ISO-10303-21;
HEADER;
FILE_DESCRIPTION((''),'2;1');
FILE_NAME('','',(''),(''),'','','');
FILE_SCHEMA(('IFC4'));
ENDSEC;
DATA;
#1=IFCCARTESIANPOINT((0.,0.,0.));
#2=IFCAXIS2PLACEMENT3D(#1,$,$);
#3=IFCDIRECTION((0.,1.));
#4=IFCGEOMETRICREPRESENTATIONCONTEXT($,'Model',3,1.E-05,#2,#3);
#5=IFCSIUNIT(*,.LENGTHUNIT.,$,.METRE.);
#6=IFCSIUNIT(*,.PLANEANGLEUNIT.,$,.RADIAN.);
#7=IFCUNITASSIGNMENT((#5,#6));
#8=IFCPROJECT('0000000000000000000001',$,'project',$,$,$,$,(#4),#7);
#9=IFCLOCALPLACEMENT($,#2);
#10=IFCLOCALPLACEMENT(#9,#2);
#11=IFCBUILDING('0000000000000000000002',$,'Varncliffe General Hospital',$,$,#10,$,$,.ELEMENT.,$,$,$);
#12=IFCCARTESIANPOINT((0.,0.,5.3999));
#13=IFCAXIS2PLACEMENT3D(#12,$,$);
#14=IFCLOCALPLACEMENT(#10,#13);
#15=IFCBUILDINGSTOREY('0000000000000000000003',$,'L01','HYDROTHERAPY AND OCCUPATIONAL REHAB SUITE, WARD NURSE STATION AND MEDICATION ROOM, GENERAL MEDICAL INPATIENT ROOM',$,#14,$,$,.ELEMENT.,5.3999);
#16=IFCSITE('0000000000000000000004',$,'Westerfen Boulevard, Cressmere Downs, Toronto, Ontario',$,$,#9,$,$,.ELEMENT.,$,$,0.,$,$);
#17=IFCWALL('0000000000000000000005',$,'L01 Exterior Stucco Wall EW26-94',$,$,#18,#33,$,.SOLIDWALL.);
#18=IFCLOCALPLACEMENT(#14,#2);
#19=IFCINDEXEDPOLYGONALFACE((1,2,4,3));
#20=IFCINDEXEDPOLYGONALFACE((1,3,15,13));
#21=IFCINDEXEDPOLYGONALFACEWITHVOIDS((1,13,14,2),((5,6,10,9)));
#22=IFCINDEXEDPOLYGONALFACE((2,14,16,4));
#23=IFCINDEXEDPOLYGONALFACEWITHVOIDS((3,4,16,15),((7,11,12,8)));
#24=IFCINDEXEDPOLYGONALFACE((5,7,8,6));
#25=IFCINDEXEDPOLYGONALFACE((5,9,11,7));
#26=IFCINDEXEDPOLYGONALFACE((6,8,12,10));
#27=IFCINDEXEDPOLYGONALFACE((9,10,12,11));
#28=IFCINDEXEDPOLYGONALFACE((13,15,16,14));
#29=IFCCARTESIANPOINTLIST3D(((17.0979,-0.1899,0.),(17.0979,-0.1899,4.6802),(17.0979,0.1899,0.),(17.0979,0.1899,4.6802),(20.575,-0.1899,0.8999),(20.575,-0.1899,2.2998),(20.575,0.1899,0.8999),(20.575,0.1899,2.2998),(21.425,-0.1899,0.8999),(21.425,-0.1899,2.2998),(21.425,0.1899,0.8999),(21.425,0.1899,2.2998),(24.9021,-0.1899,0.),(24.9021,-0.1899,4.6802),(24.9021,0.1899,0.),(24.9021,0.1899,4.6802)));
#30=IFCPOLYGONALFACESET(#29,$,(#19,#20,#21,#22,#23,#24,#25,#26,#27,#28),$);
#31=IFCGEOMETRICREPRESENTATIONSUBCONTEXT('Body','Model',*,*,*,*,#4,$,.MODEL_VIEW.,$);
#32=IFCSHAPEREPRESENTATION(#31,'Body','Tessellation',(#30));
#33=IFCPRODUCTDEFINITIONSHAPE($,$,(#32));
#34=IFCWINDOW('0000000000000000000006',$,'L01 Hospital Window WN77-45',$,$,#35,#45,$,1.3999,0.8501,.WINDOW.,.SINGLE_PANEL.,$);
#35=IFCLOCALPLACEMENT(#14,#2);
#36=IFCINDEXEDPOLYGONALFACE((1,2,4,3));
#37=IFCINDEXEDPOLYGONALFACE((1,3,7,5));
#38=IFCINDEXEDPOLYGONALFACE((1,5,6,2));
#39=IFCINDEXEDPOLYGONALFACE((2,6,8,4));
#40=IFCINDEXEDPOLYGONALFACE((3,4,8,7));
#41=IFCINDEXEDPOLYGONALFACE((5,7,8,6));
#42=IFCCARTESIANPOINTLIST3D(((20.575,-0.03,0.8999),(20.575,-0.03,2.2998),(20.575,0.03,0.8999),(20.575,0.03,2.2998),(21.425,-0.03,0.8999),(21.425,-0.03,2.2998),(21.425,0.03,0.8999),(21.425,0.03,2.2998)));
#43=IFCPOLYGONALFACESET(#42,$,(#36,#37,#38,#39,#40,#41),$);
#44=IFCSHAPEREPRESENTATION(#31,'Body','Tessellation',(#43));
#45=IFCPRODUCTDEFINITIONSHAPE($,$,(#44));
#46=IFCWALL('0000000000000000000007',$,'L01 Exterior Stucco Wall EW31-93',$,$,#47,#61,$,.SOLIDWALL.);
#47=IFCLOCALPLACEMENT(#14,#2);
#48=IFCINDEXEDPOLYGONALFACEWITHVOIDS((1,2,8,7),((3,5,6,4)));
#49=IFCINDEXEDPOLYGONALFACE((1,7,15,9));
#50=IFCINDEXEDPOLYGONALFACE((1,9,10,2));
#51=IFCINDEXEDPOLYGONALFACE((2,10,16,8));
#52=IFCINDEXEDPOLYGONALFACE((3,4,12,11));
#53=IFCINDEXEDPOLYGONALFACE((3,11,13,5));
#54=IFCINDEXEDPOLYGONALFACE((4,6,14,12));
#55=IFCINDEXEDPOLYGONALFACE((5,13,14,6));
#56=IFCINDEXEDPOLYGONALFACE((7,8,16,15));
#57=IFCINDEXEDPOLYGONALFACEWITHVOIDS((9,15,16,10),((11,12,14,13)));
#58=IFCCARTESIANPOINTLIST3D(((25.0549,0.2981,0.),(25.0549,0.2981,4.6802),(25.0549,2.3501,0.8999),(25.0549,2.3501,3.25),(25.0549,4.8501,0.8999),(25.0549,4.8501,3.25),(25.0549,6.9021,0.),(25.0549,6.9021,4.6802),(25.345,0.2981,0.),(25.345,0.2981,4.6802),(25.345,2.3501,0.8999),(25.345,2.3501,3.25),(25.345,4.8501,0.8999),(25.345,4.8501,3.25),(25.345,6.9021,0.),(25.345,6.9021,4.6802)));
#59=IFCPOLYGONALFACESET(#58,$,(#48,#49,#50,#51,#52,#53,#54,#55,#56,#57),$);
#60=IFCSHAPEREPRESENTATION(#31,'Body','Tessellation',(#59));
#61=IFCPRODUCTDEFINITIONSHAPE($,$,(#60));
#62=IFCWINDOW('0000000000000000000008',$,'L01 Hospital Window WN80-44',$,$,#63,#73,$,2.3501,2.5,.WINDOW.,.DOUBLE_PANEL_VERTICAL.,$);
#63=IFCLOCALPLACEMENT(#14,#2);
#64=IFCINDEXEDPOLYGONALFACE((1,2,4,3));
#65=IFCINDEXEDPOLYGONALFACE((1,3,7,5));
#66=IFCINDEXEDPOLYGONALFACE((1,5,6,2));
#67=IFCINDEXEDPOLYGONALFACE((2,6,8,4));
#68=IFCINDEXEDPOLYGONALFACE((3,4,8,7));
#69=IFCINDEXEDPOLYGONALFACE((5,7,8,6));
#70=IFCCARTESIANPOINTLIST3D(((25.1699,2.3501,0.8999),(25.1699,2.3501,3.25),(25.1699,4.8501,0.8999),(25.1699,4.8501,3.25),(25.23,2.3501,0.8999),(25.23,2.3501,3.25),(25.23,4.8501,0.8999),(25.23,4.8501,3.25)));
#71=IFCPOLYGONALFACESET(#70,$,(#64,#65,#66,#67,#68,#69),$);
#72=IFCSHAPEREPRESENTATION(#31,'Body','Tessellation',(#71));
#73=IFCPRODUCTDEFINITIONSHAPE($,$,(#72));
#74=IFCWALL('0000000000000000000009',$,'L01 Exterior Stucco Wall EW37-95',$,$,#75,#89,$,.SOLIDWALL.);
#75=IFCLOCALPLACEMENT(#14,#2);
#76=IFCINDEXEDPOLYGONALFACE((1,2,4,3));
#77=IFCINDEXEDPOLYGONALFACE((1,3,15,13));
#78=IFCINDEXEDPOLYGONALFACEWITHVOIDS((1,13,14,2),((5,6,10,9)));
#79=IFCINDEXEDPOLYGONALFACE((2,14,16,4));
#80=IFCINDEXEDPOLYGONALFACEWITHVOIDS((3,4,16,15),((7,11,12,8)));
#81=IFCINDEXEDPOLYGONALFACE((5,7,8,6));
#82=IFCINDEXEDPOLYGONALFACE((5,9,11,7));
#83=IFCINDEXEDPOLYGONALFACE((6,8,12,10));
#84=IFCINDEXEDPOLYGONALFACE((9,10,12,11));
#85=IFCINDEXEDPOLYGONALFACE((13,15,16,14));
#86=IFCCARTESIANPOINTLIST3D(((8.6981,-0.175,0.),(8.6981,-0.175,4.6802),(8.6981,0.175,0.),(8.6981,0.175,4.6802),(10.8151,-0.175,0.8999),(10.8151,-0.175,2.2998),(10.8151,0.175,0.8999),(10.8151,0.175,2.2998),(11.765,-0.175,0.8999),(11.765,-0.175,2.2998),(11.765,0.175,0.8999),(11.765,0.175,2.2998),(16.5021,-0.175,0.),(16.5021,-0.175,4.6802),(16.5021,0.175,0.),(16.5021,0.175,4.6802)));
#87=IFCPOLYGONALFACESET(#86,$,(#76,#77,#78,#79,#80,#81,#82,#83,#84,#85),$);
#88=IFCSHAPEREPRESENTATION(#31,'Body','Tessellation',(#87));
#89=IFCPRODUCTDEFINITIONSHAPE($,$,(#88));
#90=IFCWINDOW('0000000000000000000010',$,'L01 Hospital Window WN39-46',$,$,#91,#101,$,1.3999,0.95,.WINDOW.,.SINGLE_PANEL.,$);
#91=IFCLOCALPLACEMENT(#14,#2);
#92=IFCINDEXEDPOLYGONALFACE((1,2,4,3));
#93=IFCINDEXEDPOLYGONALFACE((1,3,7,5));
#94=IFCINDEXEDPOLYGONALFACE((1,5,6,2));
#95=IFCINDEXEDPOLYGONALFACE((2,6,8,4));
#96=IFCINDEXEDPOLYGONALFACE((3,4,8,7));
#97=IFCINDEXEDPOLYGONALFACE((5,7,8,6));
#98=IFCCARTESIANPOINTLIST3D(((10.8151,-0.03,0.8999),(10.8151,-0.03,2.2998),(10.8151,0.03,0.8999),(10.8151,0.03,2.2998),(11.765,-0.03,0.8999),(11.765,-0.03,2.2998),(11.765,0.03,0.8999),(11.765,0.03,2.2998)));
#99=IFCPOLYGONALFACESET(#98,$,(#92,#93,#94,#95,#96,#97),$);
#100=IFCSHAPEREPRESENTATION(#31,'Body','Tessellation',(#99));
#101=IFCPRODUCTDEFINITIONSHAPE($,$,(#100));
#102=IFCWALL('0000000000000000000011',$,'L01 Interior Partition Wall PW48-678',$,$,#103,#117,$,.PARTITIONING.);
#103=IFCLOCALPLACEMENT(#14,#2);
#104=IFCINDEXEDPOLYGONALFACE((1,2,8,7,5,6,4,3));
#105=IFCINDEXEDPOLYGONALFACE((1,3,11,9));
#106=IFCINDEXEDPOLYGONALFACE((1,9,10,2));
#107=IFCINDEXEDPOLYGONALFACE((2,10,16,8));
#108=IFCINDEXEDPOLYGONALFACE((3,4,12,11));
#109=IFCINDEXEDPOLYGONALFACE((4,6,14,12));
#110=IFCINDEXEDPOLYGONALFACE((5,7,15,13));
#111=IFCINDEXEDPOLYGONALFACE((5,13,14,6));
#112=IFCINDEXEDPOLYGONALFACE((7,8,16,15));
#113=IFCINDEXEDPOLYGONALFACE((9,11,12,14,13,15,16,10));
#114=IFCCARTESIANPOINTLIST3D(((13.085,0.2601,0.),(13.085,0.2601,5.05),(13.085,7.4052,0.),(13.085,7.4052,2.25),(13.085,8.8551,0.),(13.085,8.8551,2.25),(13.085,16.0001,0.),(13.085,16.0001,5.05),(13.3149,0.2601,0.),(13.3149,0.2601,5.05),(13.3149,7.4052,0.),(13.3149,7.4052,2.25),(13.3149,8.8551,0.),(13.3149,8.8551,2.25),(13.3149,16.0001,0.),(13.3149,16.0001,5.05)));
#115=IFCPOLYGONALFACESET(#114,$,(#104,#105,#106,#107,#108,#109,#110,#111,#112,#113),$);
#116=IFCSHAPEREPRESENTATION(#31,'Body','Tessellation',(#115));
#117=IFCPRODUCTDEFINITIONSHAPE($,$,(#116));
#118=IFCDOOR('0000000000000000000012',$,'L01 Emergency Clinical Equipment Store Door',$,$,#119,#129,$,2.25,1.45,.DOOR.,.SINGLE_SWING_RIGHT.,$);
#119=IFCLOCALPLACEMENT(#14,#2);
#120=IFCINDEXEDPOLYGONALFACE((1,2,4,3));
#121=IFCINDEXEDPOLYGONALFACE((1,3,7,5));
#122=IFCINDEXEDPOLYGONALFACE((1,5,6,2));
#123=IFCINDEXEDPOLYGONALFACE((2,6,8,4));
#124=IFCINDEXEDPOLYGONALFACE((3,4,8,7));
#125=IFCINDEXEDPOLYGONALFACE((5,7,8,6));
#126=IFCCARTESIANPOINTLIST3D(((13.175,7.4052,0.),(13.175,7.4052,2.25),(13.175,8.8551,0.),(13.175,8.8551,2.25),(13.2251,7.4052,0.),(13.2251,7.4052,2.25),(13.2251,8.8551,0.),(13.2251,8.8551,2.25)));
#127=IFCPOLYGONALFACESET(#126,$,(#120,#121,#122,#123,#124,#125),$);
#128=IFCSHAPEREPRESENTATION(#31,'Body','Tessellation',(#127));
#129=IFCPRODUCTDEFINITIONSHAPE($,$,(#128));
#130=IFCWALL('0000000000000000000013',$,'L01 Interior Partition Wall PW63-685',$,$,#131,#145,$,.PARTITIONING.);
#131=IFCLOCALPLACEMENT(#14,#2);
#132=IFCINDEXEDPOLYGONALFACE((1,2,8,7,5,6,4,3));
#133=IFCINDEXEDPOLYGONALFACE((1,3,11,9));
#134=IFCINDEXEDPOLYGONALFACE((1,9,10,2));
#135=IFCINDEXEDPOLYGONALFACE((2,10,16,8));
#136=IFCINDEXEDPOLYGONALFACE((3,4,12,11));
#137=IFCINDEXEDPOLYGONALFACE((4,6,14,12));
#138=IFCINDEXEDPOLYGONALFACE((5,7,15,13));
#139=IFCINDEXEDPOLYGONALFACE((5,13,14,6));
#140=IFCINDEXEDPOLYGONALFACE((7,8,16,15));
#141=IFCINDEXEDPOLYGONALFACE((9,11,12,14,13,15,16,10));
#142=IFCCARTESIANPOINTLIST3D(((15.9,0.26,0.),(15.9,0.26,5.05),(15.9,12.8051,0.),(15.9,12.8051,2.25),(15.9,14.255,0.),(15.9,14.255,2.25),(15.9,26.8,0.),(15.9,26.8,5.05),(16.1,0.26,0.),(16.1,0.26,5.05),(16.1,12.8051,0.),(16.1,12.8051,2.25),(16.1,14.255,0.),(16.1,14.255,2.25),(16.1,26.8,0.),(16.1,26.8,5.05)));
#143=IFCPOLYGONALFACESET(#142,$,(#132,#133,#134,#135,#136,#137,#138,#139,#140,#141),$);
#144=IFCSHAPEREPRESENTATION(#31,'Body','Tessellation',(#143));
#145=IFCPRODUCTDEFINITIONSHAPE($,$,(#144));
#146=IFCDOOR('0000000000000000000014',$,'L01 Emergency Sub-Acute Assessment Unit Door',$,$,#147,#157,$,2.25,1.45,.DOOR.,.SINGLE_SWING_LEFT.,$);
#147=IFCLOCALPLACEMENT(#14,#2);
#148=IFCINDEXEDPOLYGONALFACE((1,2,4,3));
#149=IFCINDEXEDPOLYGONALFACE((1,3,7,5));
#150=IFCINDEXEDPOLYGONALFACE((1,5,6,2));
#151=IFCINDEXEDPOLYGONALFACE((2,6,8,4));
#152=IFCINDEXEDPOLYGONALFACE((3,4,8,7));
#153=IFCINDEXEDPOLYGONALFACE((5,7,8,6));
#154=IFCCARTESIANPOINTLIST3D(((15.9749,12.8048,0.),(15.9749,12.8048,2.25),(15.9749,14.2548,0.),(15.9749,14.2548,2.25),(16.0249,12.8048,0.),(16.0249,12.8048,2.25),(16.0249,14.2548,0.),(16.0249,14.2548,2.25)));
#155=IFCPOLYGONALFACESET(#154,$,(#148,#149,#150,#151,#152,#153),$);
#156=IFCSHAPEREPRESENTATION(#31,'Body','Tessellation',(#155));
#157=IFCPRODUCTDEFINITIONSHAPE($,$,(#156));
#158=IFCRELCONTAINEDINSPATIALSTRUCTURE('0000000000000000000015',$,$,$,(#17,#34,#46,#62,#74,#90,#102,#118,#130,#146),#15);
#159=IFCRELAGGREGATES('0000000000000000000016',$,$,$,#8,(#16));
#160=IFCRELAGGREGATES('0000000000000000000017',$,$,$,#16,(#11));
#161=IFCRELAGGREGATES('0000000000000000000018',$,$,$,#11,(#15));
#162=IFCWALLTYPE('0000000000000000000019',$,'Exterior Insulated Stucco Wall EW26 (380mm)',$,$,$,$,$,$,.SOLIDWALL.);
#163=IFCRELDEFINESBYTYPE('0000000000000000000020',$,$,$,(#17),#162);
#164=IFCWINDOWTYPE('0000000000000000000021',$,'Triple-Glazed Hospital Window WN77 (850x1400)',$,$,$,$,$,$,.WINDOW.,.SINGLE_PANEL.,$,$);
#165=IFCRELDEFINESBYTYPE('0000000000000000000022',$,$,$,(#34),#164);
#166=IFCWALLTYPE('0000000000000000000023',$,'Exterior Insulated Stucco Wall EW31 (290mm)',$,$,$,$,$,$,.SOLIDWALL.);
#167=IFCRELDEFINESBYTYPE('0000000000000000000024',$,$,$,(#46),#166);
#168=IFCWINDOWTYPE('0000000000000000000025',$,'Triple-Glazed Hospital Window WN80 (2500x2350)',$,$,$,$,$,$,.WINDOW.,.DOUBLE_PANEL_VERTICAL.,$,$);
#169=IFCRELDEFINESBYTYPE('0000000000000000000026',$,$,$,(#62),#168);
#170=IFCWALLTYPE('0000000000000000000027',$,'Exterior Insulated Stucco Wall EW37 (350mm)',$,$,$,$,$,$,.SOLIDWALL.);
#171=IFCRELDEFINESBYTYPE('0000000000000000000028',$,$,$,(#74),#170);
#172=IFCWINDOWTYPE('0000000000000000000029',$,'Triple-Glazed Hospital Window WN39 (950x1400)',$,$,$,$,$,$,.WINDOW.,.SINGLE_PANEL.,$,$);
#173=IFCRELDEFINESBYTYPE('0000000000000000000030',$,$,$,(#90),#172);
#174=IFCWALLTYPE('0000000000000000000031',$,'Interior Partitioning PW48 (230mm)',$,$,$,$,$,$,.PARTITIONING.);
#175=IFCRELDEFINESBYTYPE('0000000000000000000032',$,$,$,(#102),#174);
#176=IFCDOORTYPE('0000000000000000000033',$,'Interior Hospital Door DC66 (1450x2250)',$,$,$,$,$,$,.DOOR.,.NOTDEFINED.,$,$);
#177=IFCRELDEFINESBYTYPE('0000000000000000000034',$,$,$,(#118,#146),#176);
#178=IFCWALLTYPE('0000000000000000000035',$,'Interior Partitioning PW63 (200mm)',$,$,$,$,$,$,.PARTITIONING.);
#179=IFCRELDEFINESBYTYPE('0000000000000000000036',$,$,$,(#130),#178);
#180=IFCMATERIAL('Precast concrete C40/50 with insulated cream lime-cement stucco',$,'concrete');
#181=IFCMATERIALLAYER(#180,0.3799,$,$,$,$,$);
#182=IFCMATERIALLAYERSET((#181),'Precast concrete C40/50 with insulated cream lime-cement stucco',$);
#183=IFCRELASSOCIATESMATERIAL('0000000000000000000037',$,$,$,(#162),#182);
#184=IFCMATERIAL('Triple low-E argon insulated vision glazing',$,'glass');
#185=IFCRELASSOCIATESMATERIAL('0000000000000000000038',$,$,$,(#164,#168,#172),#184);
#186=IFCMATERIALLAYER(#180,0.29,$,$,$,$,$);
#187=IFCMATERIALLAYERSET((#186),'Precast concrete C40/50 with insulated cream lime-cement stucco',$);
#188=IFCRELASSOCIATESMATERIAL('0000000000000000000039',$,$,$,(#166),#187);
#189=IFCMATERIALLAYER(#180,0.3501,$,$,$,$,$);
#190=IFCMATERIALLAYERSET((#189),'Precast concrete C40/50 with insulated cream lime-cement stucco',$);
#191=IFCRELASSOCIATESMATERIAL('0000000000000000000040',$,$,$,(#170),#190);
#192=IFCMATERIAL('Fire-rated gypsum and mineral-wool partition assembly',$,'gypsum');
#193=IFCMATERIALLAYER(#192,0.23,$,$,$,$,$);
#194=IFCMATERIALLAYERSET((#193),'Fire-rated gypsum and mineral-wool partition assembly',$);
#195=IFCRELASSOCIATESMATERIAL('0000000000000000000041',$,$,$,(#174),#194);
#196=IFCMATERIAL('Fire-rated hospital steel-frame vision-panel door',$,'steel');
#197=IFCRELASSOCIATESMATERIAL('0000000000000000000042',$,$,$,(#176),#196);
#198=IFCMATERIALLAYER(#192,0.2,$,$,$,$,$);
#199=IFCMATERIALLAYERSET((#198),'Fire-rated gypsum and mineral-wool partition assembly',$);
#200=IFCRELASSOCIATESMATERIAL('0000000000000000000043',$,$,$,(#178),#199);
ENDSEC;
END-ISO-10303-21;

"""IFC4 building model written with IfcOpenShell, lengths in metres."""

from ifc_helpers import new_model, si_unit, direction, frame, frame_2d, origin, place, context, subcontext, project, spatial, rectangle, extrude, material, layer, layer_set, type_object, element, fill, save


model = new_model("IFC4")

# Units and contexts
model_context = context("Model", 3, precision=1e-05, world=origin(), true_north=direction((0.0, 1.0)))
body_context = subcontext(model_context, "Body", "Model", "MODEL_VIEW")
ifc_project = project(units=[si_unit("LENGTHUNIT", "METRE"), si_unit("PLANEANGLEUNIT", "RADIAN")], contexts=[model_context])

# Site, building, storey
site_placement = place(None, origin())
site = spatial("IfcSite", under=ifc_project, at=site_placement, Name="Westerfen Boulevard, Cressmere Downs, Toronto, Ontario", CompositionType="ELEMENT", RefElevation=0.0)
building_placement = place(site_placement, origin())
building = spatial("IfcBuilding", under=site, at=building_placement, Name="Varncliffe General Hospital", CompositionType="ELEMENT")
storey_placement = place(building_placement, frame((0.0, 0.0, 5.3999)))
storey = spatial("IfcBuildingStorey", under=building, at=storey_placement, Name="L01", Description="HYDROTHERAPY AND OCCUPATIONAL REHAB SUITE, WARD NURSE STATION AND MEDICATION ROOM, GENERAL MEDICAL INPATIENT ROOM", CompositionType="ELEMENT", Elevation=5.3999)

# Walls, openings, windows
ifc_material_1 = material(Name="Precast concrete C40/50 with insulated cream lime-cement stucco", Category="concrete")
ifc_material_2 = material(Name="Triple low-E argon insulated vision glazing", Category="glass")
ifc_layer_1 = layer(ifc_material_1, 0.3799)
ifc_layer_set_1 = layer_set([ifc_layer_1], Name="Precast concrete C40/50 with insulated cream lime-cement stucco")
wall_type_1 = type_object("IfcWallType", Name="Exterior Insulated Stucco Wall EW26 (380mm)", PredefinedType="SOLIDWALL", material=ifc_layer_set_1)
wall_1_placement = place(storey_placement, frame((24.9021, 0.0, 0.0), z_axis=(0.0, 0.0, 1.0), x_axis=(-1.0, 0.0, 0.0)))
wall_1 = element("IfcWall", 1, at=wall_1_placement, inside=storey, type_object=wall_type_1, Name="L01 Exterior Stucco Wall EW26-94", PredefinedType="SOLIDWALL", context=body_context, shape_type="SweptSolid", body=[
    extrude(rectangle(XDim=7.8042, YDim=0.3799, at=frame_2d((3.9021, 0.0))), origin(), (0.0, 0.0, 1.0), 4.6802),
])
opening_1_placement = place(wall_1_placement, frame((3.4771, 0.0, 0.8999)))
opening_1 = element("IfcOpeningElement", 2, at=opening_1_placement, cuts=wall_1, PredefinedType="OPENING", context=body_context, shape_type="SweptSolid", body=[
    extrude(rectangle(XDim=0.8501, YDim=1.3999, at=frame_2d((0.425, 0.7))), frame((0.0, 0.2, 0.0), z_axis=(0.0, -1.0, 0.0), x_axis=(1.0, 0.0, 0.0)), (0.0, 0.0, 1.0), 0.3999),
])
window_type_1 = type_object("IfcWindowType", Name="Triple-Glazed Hospital Window WN77 (850x1400)", PartitioningType="SINGLE_PANEL", PredefinedType="WINDOW", material=ifc_material_2)
window_1_placement = place(opening_1_placement, origin())
window_1 = element("IfcWindow", 3, at=window_1_placement, inside=storey, type_object=window_type_1, Name="L01 Hospital Window WN77-45", OverallHeight=1.3999, OverallWidth=0.8501, PartitioningType="SINGLE_PANEL", PredefinedType="WINDOW", context=body_context, shape_type="SweptSolid", body=[
    extrude(rectangle(XDim=0.8501, YDim=1.3999, at=frame_2d((0.425, 0.7))), frame((0.0, 0.03, 0.0), z_axis=(0.0, -1.0, 0.0), x_axis=(1.0, 0.0, 0.0)), (0.0, 0.0, 1.0), 0.0601),
])
fill(opening_1, window_1)
ifc_layer_2 = layer(ifc_material_1, 0.29)
ifc_layer_set_2 = layer_set([ifc_layer_2], Name="Precast concrete C40/50 with insulated cream lime-cement stucco")
wall_type_2 = type_object("IfcWallType", Name="Exterior Insulated Stucco Wall EW31 (290mm)", PredefinedType="SOLIDWALL", material=ifc_layer_set_2)
wall_2_placement = place(storey_placement, frame((25.2, 6.9021, 0.0), z_axis=(0.0, 0.0, 1.0), x_axis=(0.0, -1.0, 0.0)))
wall_2 = element("IfcWall", 4, at=wall_2_placement, inside=storey, type_object=wall_type_2, Name="L01 Exterior Stucco Wall EW31-93", PredefinedType="SOLIDWALL", context=body_context, shape_type="SweptSolid", body=[
    extrude(rectangle(XDim=6.604, YDim=0.29, at=frame_2d((3.302, 0.0))), origin(), (0.0, 0.0, 1.0), 4.6802),
])
opening_2_placement = place(wall_2_placement, frame((2.052, 0.0, 0.8999)))
opening_2 = element("IfcOpeningElement", 5, at=opening_2_placement, cuts=wall_2, PredefinedType="OPENING", context=body_context, shape_type="SweptSolid", body=[
    extrude(rectangle(XDim=2.5, YDim=2.3501, at=frame_2d((1.25, 1.175))), frame((0.0, 0.155, 0.0), z_axis=(0.0, -1.0, 0.0), x_axis=(1.0, 0.0, 0.0)), (0.0, 0.0, 1.0), 0.3101),
])
window_type_2 = type_object("IfcWindowType", Name="Triple-Glazed Hospital Window WN80 (2500x2350)", PartitioningType="DOUBLE_PANEL_VERTICAL", PredefinedType="WINDOW", material=ifc_material_2)
window_2_placement = place(opening_2_placement, origin())
window_2 = element("IfcWindow", 6, at=window_2_placement, inside=storey, type_object=window_type_2, Name="L01 Hospital Window WN80-44", OverallHeight=2.3501, OverallWidth=2.5, PartitioningType="DOUBLE_PANEL_VERTICAL", PredefinedType="WINDOW", context=body_context, shape_type="SweptSolid", body=[
    extrude(rectangle(XDim=2.5, YDim=2.3501, at=frame_2d((1.25, 1.175))), frame((0.0, 0.03, 0.0), z_axis=(0.0, -1.0, 0.0), x_axis=(1.0, 0.0, 0.0)), (0.0, 0.0, 1.0), 0.0601),
])
fill(opening_2, window_2)
ifc_layer_3 = layer(ifc_material_1, 0.3501)
ifc_layer_set_3 = layer_set([ifc_layer_3], Name="Precast concrete C40/50 with insulated cream lime-cement stucco")
wall_type_3 = type_object("IfcWallType", Name="Exterior Insulated Stucco Wall EW37 (350mm)", PredefinedType="SOLIDWALL", material=ifc_layer_set_3)
wall_3_placement = place(storey_placement, frame((16.502, 0.0, 0.0), z_axis=(0.0, 0.0, 1.0), x_axis=(-1.0, 0.0, 0.0)))
wall_3 = element("IfcWall", 7, at=wall_3_placement, inside=storey, type_object=wall_type_3, Name="L01 Exterior Stucco Wall EW37-95", PredefinedType="SOLIDWALL", context=body_context, shape_type="SweptSolid", body=[
    extrude(rectangle(XDim=7.804, YDim=0.3501, at=frame_2d((3.9019, 0.0))), origin(), (0.0, 0.0, 1.0), 4.6802),
])
opening_3_placement = place(wall_3_placement, frame((4.7368, 0.0, 0.8999)))
opening_3 = element("IfcOpeningElement", 8, at=opening_3_placement, cuts=wall_3, PredefinedType="OPENING", context=body_context, shape_type="SweptSolid", body=[
    extrude(rectangle(XDim=0.95, YDim=1.3999, at=frame_2d((0.4751, 0.7))), frame((0.0, 0.1851, 0.0), z_axis=(0.0, -1.0, 0.0), x_axis=(1.0, 0.0, 0.0)), (0.0, 0.0, 1.0), 0.3701),
])
window_type_3 = type_object("IfcWindowType", Name="Triple-Glazed Hospital Window WN39 (950x1400)", PartitioningType="SINGLE_PANEL", PredefinedType="WINDOW", material=ifc_material_2)
window_3_placement = place(opening_3_placement, origin())
window_3 = element("IfcWindow", 9, at=window_3_placement, inside=storey, type_object=window_type_3, Name="L01 Hospital Window WN39-46", OverallHeight=1.3999, OverallWidth=0.95, PartitioningType="SINGLE_PANEL", PredefinedType="WINDOW", context=body_context, shape_type="SweptSolid", body=[
    extrude(rectangle(XDim=0.95, YDim=1.3999, at=frame_2d((0.4751, 0.7))), frame((0.0, 0.03, 0.0), z_axis=(0.0, -1.0, 0.0), x_axis=(1.0, 0.0, 0.0)), (0.0, 0.0, 1.0), 0.0601),
])
fill(opening_3, window_3)

# Walls, openings, doors
ifc_material_3 = material(Name="Fire-rated gypsum and mineral-wool partition assembly", Category="gypsum")
ifc_layer_4 = layer(ifc_material_3, 0.23)
ifc_layer_set_4 = layer_set([ifc_layer_4], Name="Fire-rated gypsum and mineral-wool partition assembly")
wall_type_4 = type_object("IfcWallType", Name="Interior Partitioning PW48 (230mm)", PredefinedType="PARTITIONING", material=ifc_layer_set_4)
wall_4_placement = place(storey_placement, frame((13.2, 0.26, 0.0), z_axis=(0.0, 0.0, 1.0), x_axis=(0.0, 1.0, 0.0)))
wall_4 = element("IfcWall", 10, at=wall_4_placement, inside=storey, type_object=wall_type_4, Name="L01 Interior Partition Wall PW48-678", PredefinedType="PARTITIONING", context=body_context, shape_type="SweptSolid", body=[
    extrude(rectangle(XDim=15.74, YDim=0.23, at=frame_2d((7.8701, 0.0))), origin(), (0.0, 0.0, 1.0), 5.05),
])
opening_4_placement = place(wall_4_placement, frame((7.145, 0.0, 0.0)))
opening_4 = element("IfcOpeningElement", 11, at=opening_4_placement, cuts=wall_4, PredefinedType="OPENING", context=body_context, shape_type="SweptSolid", body=[
    extrude(rectangle(XDim=1.45, YDim=2.25, at=frame_2d((0.7251, 1.125))), frame((0.0, 0.125, 0.0), z_axis=(0.0, -1.0, 0.0), x_axis=(1.0, 0.0, 0.0)), (0.0, 0.0, 1.0), 0.25),
])
ifc_material_4 = material(Name="Fire-rated hospital steel-frame vision-panel door", Category="steel")
door_type = type_object("IfcDoorType", Name="Interior Hospital Door DC66 (1450x2250)", OperationType="NOTDEFINED", PredefinedType="DOOR", material=ifc_material_4)
door_1_placement = place(opening_4_placement, origin())
door_1 = element("IfcDoor", 12, at=door_1_placement, inside=storey, type_object=door_type, Name="L01 Emergency Clinical Equipment Store Door", OperationType="SINGLE_SWING_RIGHT", OverallHeight=2.25, OverallWidth=1.45, PredefinedType="DOOR", context=body_context, shape_type="SweptSolid", body=[
    extrude(rectangle(XDim=1.45, YDim=2.25, at=frame_2d((0.7251, 1.125))), frame((0.0, 0.0249, 0.0), z_axis=(0.0, -1.0, 0.0), x_axis=(1.0, 0.0, 0.0)), (0.0, 0.0, 1.0), 0.05),
])
fill(opening_4, door_1)
ifc_layer_5 = layer(ifc_material_3, 0.2)
ifc_layer_set_5 = layer_set([ifc_layer_5], Name="Fire-rated gypsum and mineral-wool partition assembly")
wall_type_5 = type_object("IfcWallType", Name="Interior Partitioning PW63 (200mm)", PredefinedType="PARTITIONING", material=ifc_layer_set_5)
wall_5_placement = place(storey_placement, frame((16.0, 0.26, 0.0), z_axis=(0.0, 0.0, 1.0), x_axis=(0.0, 1.0, 0.0)))
wall_5 = element("IfcWall", 13, at=wall_5_placement, inside=storey, type_object=wall_type_5, Name="L01 Interior Partition Wall PW63-685", PredefinedType="PARTITIONING", context=body_context, shape_type="SweptSolid", body=[
    extrude(rectangle(XDim=26.54, YDim=0.2, at=frame_2d((13.27, 0.0))), origin(), (0.0, 0.0, 1.0), 5.05),
])
opening_5_placement = place(wall_5_placement, frame((12.5449, 0.0, 0.0)))
opening_5 = element("IfcOpeningElement", 14, at=opening_5_placement, cuts=wall_5, PredefinedType="OPENING", context=body_context, shape_type="SweptSolid", body=[
    extrude(rectangle(XDim=1.45, YDim=2.25, at=frame_2d((0.7251, 1.125))), frame((0.0, 0.1099, 0.0), z_axis=(0.0, -1.0, 0.0), x_axis=(1.0, 0.0, 0.0)), (0.0, 0.0, 1.0), 0.22),
])
door_2_placement = place(opening_5_placement, frame((1.45, 0.0, 0.0), z_axis=(0.0, 0.0, 1.0), x_axis=(-1.0, 0.0, 0.0)))
door_2 = element("IfcDoor", 15, at=door_2_placement, inside=storey, type_object=door_type, Name="L01 Emergency Sub-Acute Assessment Unit Door", OperationType="SINGLE_SWING_LEFT", OverallHeight=2.25, OverallWidth=1.45, PredefinedType="DOOR", context=body_context, shape_type="SweptSolid", body=[
    extrude(rectangle(XDim=1.45, YDim=2.25, at=frame_2d((0.7251, 1.125))), frame((0.0, 0.0249, 0.0), z_axis=(0.0, -1.0, 0.0), x_axis=(1.0, 0.0, 0.0)), (0.0, 0.0, 1.0), 0.05),
])
fill(opening_5, door_2)

save(model, "model.ifc")
